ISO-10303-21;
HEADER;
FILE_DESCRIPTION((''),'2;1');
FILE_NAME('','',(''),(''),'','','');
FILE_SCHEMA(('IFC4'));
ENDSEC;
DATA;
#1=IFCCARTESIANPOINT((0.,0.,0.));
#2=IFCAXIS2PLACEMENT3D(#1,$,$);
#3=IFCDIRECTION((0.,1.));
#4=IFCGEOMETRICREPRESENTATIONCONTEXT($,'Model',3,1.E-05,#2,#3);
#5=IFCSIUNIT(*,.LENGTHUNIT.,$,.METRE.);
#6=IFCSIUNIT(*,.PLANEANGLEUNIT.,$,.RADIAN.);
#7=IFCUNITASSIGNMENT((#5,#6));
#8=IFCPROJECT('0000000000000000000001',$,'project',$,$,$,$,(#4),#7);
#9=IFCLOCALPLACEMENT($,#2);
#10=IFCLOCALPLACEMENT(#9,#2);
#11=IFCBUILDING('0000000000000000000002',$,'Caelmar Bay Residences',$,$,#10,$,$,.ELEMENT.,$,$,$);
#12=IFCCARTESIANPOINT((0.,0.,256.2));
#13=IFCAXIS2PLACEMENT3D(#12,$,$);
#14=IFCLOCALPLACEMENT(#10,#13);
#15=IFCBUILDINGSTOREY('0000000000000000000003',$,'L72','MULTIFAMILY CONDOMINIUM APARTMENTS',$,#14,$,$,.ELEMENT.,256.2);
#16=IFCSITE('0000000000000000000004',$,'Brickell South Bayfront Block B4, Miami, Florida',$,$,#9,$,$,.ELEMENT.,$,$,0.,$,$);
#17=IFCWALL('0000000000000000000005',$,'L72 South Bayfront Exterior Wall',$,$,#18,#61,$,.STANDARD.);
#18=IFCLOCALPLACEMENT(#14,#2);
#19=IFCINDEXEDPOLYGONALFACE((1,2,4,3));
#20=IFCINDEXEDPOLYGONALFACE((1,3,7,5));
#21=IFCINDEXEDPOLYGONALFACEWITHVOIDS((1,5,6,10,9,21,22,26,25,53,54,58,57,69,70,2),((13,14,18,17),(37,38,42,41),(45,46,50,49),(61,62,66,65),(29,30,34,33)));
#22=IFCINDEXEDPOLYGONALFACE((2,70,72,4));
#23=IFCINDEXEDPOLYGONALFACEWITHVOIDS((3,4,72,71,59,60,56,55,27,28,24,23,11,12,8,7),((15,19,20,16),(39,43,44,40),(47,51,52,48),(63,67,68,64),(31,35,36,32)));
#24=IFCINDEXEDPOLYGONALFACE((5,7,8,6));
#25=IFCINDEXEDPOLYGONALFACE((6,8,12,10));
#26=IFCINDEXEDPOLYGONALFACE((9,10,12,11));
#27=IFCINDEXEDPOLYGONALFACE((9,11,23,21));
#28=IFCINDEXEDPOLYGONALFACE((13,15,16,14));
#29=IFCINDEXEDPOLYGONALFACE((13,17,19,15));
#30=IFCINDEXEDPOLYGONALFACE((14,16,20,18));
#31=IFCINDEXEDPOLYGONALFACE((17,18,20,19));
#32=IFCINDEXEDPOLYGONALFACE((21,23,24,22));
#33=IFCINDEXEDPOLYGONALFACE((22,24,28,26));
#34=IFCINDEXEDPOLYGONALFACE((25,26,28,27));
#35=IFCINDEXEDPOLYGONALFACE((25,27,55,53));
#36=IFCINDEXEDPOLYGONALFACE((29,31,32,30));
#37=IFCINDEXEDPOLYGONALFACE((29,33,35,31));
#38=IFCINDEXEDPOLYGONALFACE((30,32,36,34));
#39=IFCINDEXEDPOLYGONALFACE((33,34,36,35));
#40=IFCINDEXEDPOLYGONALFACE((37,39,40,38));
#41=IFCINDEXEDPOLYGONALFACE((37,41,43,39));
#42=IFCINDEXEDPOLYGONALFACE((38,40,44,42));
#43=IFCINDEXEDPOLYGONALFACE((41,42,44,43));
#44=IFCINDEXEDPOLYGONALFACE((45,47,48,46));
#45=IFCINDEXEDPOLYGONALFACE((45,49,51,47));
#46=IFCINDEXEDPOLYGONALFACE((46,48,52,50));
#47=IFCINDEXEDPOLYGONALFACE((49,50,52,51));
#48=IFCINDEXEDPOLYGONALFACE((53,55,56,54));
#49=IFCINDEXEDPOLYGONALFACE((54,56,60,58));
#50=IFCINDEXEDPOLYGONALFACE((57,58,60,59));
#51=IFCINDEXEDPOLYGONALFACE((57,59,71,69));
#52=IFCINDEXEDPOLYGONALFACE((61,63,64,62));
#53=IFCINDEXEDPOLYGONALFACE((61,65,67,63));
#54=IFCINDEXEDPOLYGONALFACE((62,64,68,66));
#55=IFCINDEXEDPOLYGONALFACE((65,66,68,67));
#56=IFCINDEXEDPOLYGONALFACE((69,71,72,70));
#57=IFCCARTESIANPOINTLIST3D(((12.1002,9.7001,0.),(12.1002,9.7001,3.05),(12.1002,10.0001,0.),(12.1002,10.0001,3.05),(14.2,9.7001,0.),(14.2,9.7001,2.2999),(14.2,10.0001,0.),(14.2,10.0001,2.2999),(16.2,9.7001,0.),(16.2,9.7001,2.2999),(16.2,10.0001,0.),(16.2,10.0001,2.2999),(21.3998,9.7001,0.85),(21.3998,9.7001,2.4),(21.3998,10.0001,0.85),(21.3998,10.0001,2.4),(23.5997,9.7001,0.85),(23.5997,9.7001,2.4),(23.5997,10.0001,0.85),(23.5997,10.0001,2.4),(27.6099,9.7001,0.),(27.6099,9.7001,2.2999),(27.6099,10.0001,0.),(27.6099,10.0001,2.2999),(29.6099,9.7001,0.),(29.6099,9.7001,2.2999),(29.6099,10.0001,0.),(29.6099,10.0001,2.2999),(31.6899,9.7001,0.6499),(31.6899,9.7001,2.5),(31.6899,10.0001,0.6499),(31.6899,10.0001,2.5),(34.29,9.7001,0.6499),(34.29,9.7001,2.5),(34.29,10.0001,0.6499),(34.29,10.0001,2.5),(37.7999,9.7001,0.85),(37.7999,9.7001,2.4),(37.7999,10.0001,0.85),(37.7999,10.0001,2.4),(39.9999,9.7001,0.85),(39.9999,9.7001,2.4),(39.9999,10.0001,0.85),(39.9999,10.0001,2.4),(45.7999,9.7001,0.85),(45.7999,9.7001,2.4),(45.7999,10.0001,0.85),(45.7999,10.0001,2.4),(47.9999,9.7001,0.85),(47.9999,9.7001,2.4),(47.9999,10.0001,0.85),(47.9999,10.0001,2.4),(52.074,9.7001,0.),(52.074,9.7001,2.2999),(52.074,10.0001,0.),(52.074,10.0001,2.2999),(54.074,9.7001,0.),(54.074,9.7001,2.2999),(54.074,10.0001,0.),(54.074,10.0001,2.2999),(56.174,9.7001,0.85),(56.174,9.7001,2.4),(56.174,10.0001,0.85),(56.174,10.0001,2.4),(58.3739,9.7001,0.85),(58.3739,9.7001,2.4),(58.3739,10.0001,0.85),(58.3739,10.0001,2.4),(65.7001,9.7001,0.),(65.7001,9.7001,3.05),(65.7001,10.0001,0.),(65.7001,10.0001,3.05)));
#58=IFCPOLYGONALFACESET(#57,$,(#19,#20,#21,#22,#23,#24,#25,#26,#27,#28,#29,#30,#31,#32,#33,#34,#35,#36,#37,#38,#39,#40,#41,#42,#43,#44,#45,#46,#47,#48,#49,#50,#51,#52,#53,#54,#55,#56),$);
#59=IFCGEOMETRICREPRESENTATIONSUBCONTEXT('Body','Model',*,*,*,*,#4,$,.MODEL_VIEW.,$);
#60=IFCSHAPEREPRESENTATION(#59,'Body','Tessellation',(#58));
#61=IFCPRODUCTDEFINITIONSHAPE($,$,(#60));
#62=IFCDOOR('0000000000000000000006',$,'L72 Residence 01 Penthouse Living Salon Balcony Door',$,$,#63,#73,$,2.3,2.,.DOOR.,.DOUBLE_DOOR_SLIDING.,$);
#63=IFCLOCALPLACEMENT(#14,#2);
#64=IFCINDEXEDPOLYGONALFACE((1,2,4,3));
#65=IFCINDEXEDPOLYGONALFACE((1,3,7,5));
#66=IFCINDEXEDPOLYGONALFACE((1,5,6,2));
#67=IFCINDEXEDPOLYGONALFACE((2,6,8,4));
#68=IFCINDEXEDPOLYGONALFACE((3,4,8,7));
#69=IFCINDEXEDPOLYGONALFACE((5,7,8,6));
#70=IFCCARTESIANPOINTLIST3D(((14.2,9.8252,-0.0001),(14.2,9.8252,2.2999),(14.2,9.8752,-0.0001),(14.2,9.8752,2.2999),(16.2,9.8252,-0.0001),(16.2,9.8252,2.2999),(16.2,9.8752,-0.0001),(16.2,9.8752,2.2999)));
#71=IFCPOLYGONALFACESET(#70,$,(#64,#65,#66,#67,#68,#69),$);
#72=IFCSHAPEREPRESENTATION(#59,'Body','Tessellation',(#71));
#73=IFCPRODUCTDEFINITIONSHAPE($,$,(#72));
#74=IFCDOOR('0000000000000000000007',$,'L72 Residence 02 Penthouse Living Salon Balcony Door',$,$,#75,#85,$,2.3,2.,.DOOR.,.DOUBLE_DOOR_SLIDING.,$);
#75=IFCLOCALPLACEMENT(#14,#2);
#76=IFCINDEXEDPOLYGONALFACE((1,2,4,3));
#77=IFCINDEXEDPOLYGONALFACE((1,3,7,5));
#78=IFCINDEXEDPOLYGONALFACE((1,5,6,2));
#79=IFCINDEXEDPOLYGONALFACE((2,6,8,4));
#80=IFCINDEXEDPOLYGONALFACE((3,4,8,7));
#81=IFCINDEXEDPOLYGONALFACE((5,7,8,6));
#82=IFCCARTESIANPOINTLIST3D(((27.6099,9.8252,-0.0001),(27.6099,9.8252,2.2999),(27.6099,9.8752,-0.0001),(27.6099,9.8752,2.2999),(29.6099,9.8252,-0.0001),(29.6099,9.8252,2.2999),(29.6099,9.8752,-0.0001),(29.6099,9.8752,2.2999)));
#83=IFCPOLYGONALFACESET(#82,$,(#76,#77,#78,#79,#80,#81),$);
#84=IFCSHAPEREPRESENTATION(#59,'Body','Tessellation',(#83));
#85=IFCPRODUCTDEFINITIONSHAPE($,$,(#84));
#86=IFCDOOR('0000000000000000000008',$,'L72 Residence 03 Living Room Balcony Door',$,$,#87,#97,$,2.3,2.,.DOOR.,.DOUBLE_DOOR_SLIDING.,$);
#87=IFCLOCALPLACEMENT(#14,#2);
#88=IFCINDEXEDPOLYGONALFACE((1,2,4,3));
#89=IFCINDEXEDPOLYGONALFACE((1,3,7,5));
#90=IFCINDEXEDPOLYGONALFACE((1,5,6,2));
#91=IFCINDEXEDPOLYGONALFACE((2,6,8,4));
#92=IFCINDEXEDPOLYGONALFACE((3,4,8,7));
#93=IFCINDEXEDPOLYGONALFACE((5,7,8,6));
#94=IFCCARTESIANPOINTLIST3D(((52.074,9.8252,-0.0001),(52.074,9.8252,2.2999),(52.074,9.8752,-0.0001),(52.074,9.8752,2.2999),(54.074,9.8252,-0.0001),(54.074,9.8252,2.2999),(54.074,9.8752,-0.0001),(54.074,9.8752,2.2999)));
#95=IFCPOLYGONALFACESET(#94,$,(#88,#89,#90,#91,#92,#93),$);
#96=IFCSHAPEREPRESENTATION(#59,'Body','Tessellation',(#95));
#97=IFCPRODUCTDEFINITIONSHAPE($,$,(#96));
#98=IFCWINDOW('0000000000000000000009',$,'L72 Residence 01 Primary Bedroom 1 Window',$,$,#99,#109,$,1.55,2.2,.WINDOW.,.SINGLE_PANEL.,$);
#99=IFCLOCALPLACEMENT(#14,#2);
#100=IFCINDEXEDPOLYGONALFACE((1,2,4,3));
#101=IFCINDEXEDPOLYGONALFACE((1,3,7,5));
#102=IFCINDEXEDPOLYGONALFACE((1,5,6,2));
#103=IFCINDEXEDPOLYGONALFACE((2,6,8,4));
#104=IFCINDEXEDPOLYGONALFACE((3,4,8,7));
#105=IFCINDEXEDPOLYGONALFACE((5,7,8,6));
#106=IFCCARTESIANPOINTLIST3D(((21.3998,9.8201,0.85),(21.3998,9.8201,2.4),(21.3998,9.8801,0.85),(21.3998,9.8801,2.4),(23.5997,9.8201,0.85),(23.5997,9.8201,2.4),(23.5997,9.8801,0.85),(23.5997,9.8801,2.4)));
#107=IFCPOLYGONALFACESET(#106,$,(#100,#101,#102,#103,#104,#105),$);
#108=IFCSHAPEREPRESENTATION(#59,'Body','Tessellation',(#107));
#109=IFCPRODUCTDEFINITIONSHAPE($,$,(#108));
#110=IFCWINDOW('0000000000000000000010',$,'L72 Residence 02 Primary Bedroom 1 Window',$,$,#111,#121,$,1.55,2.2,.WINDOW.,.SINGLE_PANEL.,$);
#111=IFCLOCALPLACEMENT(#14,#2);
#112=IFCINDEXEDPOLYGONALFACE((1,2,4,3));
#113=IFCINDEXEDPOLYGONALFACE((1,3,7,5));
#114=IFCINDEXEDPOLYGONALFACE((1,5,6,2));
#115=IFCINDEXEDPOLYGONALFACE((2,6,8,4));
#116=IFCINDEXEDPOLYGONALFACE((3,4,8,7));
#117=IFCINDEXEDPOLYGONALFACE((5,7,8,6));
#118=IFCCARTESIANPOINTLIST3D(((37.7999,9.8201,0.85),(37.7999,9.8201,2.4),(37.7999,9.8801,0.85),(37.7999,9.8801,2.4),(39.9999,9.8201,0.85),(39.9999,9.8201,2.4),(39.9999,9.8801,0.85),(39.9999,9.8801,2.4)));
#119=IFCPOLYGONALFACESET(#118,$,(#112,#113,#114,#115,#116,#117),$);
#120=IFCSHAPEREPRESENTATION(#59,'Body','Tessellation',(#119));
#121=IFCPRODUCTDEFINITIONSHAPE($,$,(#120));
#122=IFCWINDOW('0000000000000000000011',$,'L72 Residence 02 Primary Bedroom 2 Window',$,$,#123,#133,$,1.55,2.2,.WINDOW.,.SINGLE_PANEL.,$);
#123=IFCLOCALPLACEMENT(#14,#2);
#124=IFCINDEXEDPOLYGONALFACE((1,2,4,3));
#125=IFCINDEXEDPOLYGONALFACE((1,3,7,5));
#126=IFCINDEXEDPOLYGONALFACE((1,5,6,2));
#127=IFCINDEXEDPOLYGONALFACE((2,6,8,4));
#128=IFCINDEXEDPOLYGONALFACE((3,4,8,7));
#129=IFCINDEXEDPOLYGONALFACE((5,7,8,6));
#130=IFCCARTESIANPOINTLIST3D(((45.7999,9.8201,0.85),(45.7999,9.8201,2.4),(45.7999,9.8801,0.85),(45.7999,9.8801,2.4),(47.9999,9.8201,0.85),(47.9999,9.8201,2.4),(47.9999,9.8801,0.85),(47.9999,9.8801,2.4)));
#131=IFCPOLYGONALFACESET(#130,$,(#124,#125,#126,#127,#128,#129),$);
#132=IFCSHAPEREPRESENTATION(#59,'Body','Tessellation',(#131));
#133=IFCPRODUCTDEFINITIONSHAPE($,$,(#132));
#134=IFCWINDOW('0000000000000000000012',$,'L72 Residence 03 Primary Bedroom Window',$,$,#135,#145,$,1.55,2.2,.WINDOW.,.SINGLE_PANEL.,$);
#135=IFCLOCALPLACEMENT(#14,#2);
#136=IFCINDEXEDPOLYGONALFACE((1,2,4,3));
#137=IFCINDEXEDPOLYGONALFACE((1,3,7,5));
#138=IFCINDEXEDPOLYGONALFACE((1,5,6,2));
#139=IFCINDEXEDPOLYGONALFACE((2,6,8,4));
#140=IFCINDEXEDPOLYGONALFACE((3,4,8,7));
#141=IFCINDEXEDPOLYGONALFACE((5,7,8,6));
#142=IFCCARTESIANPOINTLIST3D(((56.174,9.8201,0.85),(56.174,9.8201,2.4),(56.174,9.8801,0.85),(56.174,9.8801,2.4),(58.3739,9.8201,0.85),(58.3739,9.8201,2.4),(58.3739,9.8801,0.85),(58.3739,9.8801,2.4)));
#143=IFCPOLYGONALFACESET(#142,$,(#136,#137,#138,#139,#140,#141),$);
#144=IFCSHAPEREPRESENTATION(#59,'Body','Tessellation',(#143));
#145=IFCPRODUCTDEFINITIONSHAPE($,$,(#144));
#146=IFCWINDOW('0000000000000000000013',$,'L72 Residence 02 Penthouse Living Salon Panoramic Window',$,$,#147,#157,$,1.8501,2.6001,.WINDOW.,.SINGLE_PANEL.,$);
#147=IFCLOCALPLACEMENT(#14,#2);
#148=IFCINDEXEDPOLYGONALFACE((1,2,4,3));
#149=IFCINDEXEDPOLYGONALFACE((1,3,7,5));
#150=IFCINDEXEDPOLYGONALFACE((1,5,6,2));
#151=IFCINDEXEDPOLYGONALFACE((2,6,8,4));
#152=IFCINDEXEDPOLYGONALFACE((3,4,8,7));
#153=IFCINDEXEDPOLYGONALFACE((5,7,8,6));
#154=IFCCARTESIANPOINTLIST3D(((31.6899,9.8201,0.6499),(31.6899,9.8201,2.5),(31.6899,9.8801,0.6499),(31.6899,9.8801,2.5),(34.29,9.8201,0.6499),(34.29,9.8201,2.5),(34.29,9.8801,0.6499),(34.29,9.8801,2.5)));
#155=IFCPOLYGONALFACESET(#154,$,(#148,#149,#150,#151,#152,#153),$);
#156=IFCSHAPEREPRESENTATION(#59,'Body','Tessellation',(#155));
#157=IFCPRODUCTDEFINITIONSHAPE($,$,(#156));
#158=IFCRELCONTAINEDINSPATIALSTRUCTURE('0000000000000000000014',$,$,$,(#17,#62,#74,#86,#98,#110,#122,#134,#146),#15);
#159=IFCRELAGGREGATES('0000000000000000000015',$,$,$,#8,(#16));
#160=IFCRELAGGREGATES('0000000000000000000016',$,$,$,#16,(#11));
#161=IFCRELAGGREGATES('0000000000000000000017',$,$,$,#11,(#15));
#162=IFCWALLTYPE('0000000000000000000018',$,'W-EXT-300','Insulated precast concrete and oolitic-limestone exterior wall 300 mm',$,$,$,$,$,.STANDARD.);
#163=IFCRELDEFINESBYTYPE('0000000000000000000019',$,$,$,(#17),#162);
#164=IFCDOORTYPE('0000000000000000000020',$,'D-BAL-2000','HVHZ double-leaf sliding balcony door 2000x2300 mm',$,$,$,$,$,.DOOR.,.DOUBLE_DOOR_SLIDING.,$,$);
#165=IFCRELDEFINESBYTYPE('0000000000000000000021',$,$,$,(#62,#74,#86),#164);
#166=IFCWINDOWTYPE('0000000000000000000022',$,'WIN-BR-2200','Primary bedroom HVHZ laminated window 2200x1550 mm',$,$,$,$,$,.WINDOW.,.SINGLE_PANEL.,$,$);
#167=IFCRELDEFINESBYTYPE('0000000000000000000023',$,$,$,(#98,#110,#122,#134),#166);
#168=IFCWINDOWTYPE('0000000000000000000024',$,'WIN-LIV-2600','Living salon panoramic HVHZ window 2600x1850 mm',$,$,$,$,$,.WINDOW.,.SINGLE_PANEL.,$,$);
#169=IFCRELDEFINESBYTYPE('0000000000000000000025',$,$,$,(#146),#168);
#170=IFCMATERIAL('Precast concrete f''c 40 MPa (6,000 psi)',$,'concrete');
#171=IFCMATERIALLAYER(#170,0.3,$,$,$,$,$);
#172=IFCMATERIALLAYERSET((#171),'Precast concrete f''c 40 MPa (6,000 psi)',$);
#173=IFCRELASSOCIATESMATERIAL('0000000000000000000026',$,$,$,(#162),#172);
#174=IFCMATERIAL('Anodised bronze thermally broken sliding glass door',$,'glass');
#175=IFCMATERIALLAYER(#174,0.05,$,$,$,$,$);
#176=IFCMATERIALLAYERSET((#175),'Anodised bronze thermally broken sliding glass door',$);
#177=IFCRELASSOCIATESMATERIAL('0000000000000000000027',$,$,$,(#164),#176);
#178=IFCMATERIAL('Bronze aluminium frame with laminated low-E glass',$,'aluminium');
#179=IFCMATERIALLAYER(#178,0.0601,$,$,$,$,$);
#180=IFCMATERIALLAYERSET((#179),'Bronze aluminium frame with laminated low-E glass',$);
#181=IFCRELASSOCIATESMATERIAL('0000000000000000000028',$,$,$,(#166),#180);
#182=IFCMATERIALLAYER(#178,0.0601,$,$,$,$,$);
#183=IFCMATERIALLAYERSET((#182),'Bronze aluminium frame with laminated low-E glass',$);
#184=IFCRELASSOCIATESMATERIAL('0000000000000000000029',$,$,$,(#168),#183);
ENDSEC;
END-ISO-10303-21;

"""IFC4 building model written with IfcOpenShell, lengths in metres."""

from ifc_helpers import new_model, si_unit, direction, frame, frame_2d, origin, place, context, subcontext, project, spatial, rectangle, extrude, material, layer, layer_set, type_object, element, fill, save


model = new_model("IFC4")

# Units and contexts
model_context = context("Model", 3, precision=1e-05, world=origin(), true_north=direction((0.0, 1.0)))
body_context = subcontext(model_context, "Body", "Model", "MODEL_VIEW")
ifc_project = project(units=[si_unit("LENGTHUNIT", "METRE"), si_unit("PLANEANGLEUNIT", "RADIAN")], contexts=[model_context])

# Site, building, storey
site_placement = place(None, origin())
site = spatial("IfcSite", under=ifc_project, at=site_placement, Name="Brickell South Bayfront Block B4, Miami, Florida", CompositionType="ELEMENT", RefElevation=0.0)
building_placement = place(site_placement, origin())
building = spatial("IfcBuilding", under=site, at=building_placement, Name="Caelmar Bay Residences", CompositionType="ELEMENT")
storey_placement = place(building_placement, frame((0.0, 0.0, 256.2)))
storey = spatial("IfcBuildingStorey", under=building, at=storey_placement, Name="L72", Description="MULTIFAMILY CONDOMINIUM APARTMENTS", CompositionType="ELEMENT", Elevation=256.2)

# Wall, openings, doors, windows
ifc_material_1 = material(Name="Precast concrete f'c 40 MPa (6,000 psi)", Category="concrete")
ifc_layer_1 = layer(ifc_material_1, 0.3)
ifc_layer_set_1 = layer_set([ifc_layer_1], Name="Precast concrete f'c 40 MPa (6,000 psi)")
wall_type_1 = type_object("IfcWallType", Name="W-EXT-300", Description="Insulated precast concrete and oolitic-limestone exterior wall 300 mm", PredefinedType="STANDARD", material=ifc_layer_set_1)
wall_1_placement = place(storey_placement, frame((65.7, 9.8501, 0.0), z_axis=(0.0, 0.0, 1.0), x_axis=(-1.0, 0.0, 0.0)))
wall_1 = element("IfcWall", 1, at=wall_1_placement, inside=storey, type_object=wall_type_1, Name="L72 South Bayfront Exterior Wall", PredefinedType="STANDARD", context=body_context, shape_type="SweptSolid", body=[
    extrude(rectangle(XDim=53.5999, YDim=0.3, at=frame_2d((26.7998, 0.0))), origin(), (0.0, 0.0, 1.0), 3.05),
])
opening_1_placement = place(wall_1_placement, frame((49.5, 0.0, 0.0)))
opening_1 = element("IfcOpeningElement", 2, at=opening_1_placement, cuts=wall_1, PredefinedType="OPENING", context=body_context, shape_type="SweptSolid", body=[
    extrude(rectangle(XDim=2.0, YDim=2.3, at=frame_2d((1.0, 1.1499))), frame((0.0, 0.1599, 0.0), z_axis=(0.0, -1.0, 0.0), x_axis=(1.0, 0.0, 0.0)), (0.0, 0.0, 1.0), 0.3201),
])
opening_2_placement = place(wall_1_placement, frame((42.1001, 0.0, 0.8501)))
opening_2 = element("IfcOpeningElement", 3, at=opening_2_placement, cuts=wall_1, PredefinedType="OPENING", context=body_context, shape_type="SweptSolid", body=[
    extrude(rectangle(XDim=2.2, YDim=1.55, at=frame_2d((1.1001, 0.7749))), frame((0.0, 0.1599, 0.0), z_axis=(0.0, -1.0, 0.0), x_axis=(1.0, 0.0, 0.0)), (0.0, 0.0, 1.0), 0.3201),
])
opening_3_placement = place(wall_1_placement, frame((36.0901, 0.0, 0.0)))
opening_3 = element("IfcOpeningElement", 4, at=opening_3_placement, cuts=wall_1, PredefinedType="OPENING", context=body_context, shape_type="SweptSolid", body=[
    extrude(rectangle(XDim=2.0, YDim=2.3, at=frame_2d((1.0, 1.1499))), frame((0.0, 0.1599, 0.0), z_axis=(0.0, -1.0, 0.0), x_axis=(1.0, 0.0, 0.0)), (0.0, 0.0, 1.0), 0.3201),
])
opening_4_placement = place(wall_1_placement, frame((31.4099, 0.0, 0.6499)))
opening_4 = element("IfcOpeningElement", 5, at=opening_4_placement, cuts=wall_1, PredefinedType="OPENING", context=body_context, shape_type="SweptSolid", body=[
    extrude(rectangle(XDim=2.6001, YDim=1.8501, at=frame_2d((1.3, 0.925))), frame((0.0, 0.1599, 0.0), z_axis=(0.0, -1.0, 0.0), x_axis=(1.0, 0.0, 0.0)), (0.0, 0.0, 1.0), 0.3201),
])
opening_5_placement = place(wall_1_placement, frame((25.7, 0.0, 0.8501)))
opening_5 = element("IfcOpeningElement", 6, at=opening_5_placement, cuts=wall_1, PredefinedType="OPENING", context=body_context, shape_type="SweptSolid", body=[
    extrude(rectangle(XDim=2.2, YDim=1.55, at=frame_2d((1.1001, 0.7749))), frame((0.0, 0.1599, 0.0), z_axis=(0.0, -1.0, 0.0), x_axis=(1.0, 0.0, 0.0)), (0.0, 0.0, 1.0), 0.3201),
])
opening_6_placement = place(wall_1_placement, frame((17.7, 0.0, 0.8501)))
opening_6 = element("IfcOpeningElement", 7, at=opening_6_placement, cuts=wall_1, PredefinedType="OPENING", context=body_context, shape_type="SweptSolid", body=[
    extrude(rectangle(XDim=2.2, YDim=1.55, at=frame_2d((1.1001, 0.7749))), frame((0.0, 0.1599, 0.0), z_axis=(0.0, -1.0, 0.0), x_axis=(1.0, 0.0, 0.0)), (0.0, 0.0, 1.0), 0.3201),
])
opening_7_placement = place(wall_1_placement, frame((11.626, 0.0, 0.0)))
opening_7 = element("IfcOpeningElement", 8, at=opening_7_placement, cuts=wall_1, PredefinedType="OPENING", context=body_context, shape_type="SweptSolid", body=[
    extrude(rectangle(XDim=2.0, YDim=2.3, at=frame_2d((1.0, 1.1499))), frame((0.0, 0.1599, 0.0), z_axis=(0.0, -1.0, 0.0), x_axis=(1.0, 0.0, 0.0)), (0.0, 0.0, 1.0), 0.3201),
])
opening_8_placement = place(wall_1_placement, frame((7.3259, 0.0, 0.8501)))
opening_8 = element("IfcOpeningElement", 9, at=opening_8_placement, cuts=wall_1, PredefinedType="OPENING", context=body_context, shape_type="SweptSolid", body=[
    extrude(rectangle(XDim=2.2, YDim=1.55, at=frame_2d((1.1001, 0.7749))), frame((0.0, 0.1599, 0.0), z_axis=(0.0, -1.0, 0.0), x_axis=(1.0, 0.0, 0.0)), (0.0, 0.0, 1.0), 0.3201),
])
ifc_material_2 = material(Name="Anodised bronze thermally broken sliding glass door", Category="glass")
ifc_layer_2 = layer(ifc_material_2, 0.05)
ifc_layer_set_2 = layer_set([ifc_layer_2], Name="Anodised bronze thermally broken sliding glass door")
door_type = type_object("IfcDoorType", Name="D-BAL-2000", Description="HVHZ double-leaf sliding balcony door 2000x2300 mm", OperationType="DOUBLE_DOOR_SLIDING", PredefinedType="DOOR", material=ifc_layer_set_2)
door_1_placement = place(opening_1_placement, origin())
door_1 = element("IfcDoor", 10, at=door_1_placement, inside=storey, type_object=door_type, Name="L72 Residence 01 Penthouse Living Salon Balcony Door", OperationType="DOUBLE_DOOR_SLIDING", OverallHeight=2.3, OverallWidth=2.0, PredefinedType="DOOR", context=body_context, shape_type="SweptSolid", body=[
    extrude(rectangle(XDim=2.0, YDim=2.3, at=frame_2d((1.0, 1.1499))), frame((0.0, 0.0249, 0.0), z_axis=(0.0, -1.0, 0.0), x_axis=(1.0, 0.0, 0.0)), (0.0, 0.0, 1.0), 0.05),
])
fill(opening_1, door_1)
door_2_placement = place(opening_3_placement, origin())
door_2 = element("IfcDoor", 11, at=door_2_placement, inside=storey, type_object=door_type, Name="L72 Residence 02 Penthouse Living Salon Balcony Door", OperationType="DOUBLE_DOOR_SLIDING", OverallHeight=2.3, OverallWidth=2.0, PredefinedType="DOOR", context=body_context, shape_type="SweptSolid", body=[
    extrude(rectangle(XDim=2.0, YDim=2.3, at=frame_2d((1.0, 1.1499))), frame((0.0, 0.0249, 0.0), z_axis=(0.0, -1.0, 0.0), x_axis=(1.0, 0.0, 0.0)), (0.0, 0.0, 1.0), 0.05),
])
fill(opening_3, door_2)
door_3_placement = place(opening_7_placement, origin())
door_3 = element("IfcDoor", 12, at=door_3_placement, inside=storey, type_object=door_type, Name="L72 Residence 03 Living Room Balcony Door", OperationType="DOUBLE_DOOR_SLIDING", OverallHeight=2.3, OverallWidth=2.0, PredefinedType="DOOR", context=body_context, shape_type="SweptSolid", body=[
    extrude(rectangle(XDim=2.0, YDim=2.3, at=frame_2d((1.0, 1.1499))), frame((0.0, 0.0249, 0.0), z_axis=(0.0, -1.0, 0.0), x_axis=(1.0, 0.0, 0.0)), (0.0, 0.0, 1.0), 0.05),
])
fill(opening_7, door_3)
ifc_material_3 = material(Name="Bronze aluminium frame with laminated low-E glass", Category="aluminium")
ifc_layer_3 = layer(ifc_material_3, 0.0601)
ifc_layer_set_3 = layer_set([ifc_layer_3], Name="Bronze aluminium frame with laminated low-E glass")
window_type_1 = type_object("IfcWindowType", Name="WIN-BR-2200", Description="Primary bedroom HVHZ laminated window 2200x1550 mm", PartitioningType="SINGLE_PANEL", PredefinedType="WINDOW", material=ifc_layer_set_3)
window_1_placement = place(opening_2_placement, origin())
window_1 = element("IfcWindow", 13, at=window_1_placement, inside=storey, type_object=window_type_1, Name="L72 Residence 01 Primary Bedroom 1 Window", OverallHeight=1.55, OverallWidth=2.2, PartitioningType="SINGLE_PANEL", PredefinedType="WINDOW", context=body_context, shape_type="SweptSolid", body=[
    extrude(rectangle(XDim=2.2, YDim=1.55, at=frame_2d((1.1001, 0.7749))), frame((0.0, 0.03, 0.0), z_axis=(0.0, -1.0, 0.0), x_axis=(1.0, 0.0, 0.0)), (0.0, 0.0, 1.0), 0.0601),
])
fill(opening_2, window_1)
window_2_placement = place(opening_5_placement, origin())
window_2 = element("IfcWindow", 14, at=window_2_placement, inside=storey, type_object=window_type_1, Name="L72 Residence 02 Primary Bedroom 1 Window", OverallHeight=1.55, OverallWidth=2.2, PartitioningType="SINGLE_PANEL", PredefinedType="WINDOW", context=body_context, shape_type="SweptSolid", body=[
    extrude(rectangle(XDim=2.2, YDim=1.55, at=frame_2d((1.1001, 0.7749))), frame((0.0, 0.03, 0.0), z_axis=(0.0, -1.0, 0.0), x_axis=(1.0, 0.0, 0.0)), (0.0, 0.0, 1.0), 0.0601),
])
fill(opening_5, window_2)
window_3_placement = place(opening_6_placement, origin())
window_3 = element("IfcWindow", 15, at=window_3_placement, inside=storey, type_object=window_type_1, Name="L72 Residence 02 Primary Bedroom 2 Window", OverallHeight=1.55, OverallWidth=2.2, PartitioningType="SINGLE_PANEL", PredefinedType="WINDOW", context=body_context, shape_type="SweptSolid", body=[
    extrude(rectangle(XDim=2.2, YDim=1.55, at=frame_2d((1.1001, 0.7749))), frame((0.0, 0.03, 0.0), z_axis=(0.0, -1.0, 0.0), x_axis=(1.0, 0.0, 0.0)), (0.0, 0.0, 1.0), 0.0601),
])
fill(opening_6, window_3)
window_4_placement = place(opening_8_placement, origin())
window_4 = element("IfcWindow", 16, at=window_4_placement, inside=storey, type_object=window_type_1, Name="L72 Residence 03 Primary Bedroom Window", OverallHeight=1.55, OverallWidth=2.2, PartitioningType="SINGLE_PANEL", PredefinedType="WINDOW", context=body_context, shape_type="SweptSolid", body=[
    extrude(rectangle(XDim=2.2, YDim=1.55, at=frame_2d((1.1001, 0.7749))), frame((0.0, 0.03, 0.0), z_axis=(0.0, -1.0, 0.0), x_axis=(1.0, 0.0, 0.0)), (0.0, 0.0, 1.0), 0.0601),
])
fill(opening_8, window_4)
ifc_layer_4 = layer(ifc_material_3, 0.0601)
ifc_layer_set_4 = layer_set([ifc_layer_4], Name="Bronze aluminium frame with laminated low-E glass")
window_type_2 = type_object("IfcWindowType", Name="WIN-LIV-2600", Description="Living salon panoramic HVHZ window 2600x1850 mm", PartitioningType="SINGLE_PANEL", PredefinedType="WINDOW", material=ifc_layer_set_4)
window_5_placement = place(opening_4_placement, origin())
window_5 = element("IfcWindow", 17, at=window_5_placement, inside=storey, type_object=window_type_2, Name="L72 Residence 02 Penthouse Living Salon Panoramic Window", OverallHeight=1.8501, OverallWidth=2.6001, PartitioningType="SINGLE_PANEL", PredefinedType="WINDOW", context=body_context, shape_type="SweptSolid", body=[
    extrude(rectangle(XDim=2.6001, YDim=1.8501, at=frame_2d((1.3, 0.925))), frame((0.0, 0.03, 0.0), z_axis=(0.0, -1.0, 0.0), x_axis=(1.0, 0.0, 0.0)), (0.0, 0.0, 1.0), 0.0601),
])
fill(opening_4, window_5)

save(model, "model.ifc")
